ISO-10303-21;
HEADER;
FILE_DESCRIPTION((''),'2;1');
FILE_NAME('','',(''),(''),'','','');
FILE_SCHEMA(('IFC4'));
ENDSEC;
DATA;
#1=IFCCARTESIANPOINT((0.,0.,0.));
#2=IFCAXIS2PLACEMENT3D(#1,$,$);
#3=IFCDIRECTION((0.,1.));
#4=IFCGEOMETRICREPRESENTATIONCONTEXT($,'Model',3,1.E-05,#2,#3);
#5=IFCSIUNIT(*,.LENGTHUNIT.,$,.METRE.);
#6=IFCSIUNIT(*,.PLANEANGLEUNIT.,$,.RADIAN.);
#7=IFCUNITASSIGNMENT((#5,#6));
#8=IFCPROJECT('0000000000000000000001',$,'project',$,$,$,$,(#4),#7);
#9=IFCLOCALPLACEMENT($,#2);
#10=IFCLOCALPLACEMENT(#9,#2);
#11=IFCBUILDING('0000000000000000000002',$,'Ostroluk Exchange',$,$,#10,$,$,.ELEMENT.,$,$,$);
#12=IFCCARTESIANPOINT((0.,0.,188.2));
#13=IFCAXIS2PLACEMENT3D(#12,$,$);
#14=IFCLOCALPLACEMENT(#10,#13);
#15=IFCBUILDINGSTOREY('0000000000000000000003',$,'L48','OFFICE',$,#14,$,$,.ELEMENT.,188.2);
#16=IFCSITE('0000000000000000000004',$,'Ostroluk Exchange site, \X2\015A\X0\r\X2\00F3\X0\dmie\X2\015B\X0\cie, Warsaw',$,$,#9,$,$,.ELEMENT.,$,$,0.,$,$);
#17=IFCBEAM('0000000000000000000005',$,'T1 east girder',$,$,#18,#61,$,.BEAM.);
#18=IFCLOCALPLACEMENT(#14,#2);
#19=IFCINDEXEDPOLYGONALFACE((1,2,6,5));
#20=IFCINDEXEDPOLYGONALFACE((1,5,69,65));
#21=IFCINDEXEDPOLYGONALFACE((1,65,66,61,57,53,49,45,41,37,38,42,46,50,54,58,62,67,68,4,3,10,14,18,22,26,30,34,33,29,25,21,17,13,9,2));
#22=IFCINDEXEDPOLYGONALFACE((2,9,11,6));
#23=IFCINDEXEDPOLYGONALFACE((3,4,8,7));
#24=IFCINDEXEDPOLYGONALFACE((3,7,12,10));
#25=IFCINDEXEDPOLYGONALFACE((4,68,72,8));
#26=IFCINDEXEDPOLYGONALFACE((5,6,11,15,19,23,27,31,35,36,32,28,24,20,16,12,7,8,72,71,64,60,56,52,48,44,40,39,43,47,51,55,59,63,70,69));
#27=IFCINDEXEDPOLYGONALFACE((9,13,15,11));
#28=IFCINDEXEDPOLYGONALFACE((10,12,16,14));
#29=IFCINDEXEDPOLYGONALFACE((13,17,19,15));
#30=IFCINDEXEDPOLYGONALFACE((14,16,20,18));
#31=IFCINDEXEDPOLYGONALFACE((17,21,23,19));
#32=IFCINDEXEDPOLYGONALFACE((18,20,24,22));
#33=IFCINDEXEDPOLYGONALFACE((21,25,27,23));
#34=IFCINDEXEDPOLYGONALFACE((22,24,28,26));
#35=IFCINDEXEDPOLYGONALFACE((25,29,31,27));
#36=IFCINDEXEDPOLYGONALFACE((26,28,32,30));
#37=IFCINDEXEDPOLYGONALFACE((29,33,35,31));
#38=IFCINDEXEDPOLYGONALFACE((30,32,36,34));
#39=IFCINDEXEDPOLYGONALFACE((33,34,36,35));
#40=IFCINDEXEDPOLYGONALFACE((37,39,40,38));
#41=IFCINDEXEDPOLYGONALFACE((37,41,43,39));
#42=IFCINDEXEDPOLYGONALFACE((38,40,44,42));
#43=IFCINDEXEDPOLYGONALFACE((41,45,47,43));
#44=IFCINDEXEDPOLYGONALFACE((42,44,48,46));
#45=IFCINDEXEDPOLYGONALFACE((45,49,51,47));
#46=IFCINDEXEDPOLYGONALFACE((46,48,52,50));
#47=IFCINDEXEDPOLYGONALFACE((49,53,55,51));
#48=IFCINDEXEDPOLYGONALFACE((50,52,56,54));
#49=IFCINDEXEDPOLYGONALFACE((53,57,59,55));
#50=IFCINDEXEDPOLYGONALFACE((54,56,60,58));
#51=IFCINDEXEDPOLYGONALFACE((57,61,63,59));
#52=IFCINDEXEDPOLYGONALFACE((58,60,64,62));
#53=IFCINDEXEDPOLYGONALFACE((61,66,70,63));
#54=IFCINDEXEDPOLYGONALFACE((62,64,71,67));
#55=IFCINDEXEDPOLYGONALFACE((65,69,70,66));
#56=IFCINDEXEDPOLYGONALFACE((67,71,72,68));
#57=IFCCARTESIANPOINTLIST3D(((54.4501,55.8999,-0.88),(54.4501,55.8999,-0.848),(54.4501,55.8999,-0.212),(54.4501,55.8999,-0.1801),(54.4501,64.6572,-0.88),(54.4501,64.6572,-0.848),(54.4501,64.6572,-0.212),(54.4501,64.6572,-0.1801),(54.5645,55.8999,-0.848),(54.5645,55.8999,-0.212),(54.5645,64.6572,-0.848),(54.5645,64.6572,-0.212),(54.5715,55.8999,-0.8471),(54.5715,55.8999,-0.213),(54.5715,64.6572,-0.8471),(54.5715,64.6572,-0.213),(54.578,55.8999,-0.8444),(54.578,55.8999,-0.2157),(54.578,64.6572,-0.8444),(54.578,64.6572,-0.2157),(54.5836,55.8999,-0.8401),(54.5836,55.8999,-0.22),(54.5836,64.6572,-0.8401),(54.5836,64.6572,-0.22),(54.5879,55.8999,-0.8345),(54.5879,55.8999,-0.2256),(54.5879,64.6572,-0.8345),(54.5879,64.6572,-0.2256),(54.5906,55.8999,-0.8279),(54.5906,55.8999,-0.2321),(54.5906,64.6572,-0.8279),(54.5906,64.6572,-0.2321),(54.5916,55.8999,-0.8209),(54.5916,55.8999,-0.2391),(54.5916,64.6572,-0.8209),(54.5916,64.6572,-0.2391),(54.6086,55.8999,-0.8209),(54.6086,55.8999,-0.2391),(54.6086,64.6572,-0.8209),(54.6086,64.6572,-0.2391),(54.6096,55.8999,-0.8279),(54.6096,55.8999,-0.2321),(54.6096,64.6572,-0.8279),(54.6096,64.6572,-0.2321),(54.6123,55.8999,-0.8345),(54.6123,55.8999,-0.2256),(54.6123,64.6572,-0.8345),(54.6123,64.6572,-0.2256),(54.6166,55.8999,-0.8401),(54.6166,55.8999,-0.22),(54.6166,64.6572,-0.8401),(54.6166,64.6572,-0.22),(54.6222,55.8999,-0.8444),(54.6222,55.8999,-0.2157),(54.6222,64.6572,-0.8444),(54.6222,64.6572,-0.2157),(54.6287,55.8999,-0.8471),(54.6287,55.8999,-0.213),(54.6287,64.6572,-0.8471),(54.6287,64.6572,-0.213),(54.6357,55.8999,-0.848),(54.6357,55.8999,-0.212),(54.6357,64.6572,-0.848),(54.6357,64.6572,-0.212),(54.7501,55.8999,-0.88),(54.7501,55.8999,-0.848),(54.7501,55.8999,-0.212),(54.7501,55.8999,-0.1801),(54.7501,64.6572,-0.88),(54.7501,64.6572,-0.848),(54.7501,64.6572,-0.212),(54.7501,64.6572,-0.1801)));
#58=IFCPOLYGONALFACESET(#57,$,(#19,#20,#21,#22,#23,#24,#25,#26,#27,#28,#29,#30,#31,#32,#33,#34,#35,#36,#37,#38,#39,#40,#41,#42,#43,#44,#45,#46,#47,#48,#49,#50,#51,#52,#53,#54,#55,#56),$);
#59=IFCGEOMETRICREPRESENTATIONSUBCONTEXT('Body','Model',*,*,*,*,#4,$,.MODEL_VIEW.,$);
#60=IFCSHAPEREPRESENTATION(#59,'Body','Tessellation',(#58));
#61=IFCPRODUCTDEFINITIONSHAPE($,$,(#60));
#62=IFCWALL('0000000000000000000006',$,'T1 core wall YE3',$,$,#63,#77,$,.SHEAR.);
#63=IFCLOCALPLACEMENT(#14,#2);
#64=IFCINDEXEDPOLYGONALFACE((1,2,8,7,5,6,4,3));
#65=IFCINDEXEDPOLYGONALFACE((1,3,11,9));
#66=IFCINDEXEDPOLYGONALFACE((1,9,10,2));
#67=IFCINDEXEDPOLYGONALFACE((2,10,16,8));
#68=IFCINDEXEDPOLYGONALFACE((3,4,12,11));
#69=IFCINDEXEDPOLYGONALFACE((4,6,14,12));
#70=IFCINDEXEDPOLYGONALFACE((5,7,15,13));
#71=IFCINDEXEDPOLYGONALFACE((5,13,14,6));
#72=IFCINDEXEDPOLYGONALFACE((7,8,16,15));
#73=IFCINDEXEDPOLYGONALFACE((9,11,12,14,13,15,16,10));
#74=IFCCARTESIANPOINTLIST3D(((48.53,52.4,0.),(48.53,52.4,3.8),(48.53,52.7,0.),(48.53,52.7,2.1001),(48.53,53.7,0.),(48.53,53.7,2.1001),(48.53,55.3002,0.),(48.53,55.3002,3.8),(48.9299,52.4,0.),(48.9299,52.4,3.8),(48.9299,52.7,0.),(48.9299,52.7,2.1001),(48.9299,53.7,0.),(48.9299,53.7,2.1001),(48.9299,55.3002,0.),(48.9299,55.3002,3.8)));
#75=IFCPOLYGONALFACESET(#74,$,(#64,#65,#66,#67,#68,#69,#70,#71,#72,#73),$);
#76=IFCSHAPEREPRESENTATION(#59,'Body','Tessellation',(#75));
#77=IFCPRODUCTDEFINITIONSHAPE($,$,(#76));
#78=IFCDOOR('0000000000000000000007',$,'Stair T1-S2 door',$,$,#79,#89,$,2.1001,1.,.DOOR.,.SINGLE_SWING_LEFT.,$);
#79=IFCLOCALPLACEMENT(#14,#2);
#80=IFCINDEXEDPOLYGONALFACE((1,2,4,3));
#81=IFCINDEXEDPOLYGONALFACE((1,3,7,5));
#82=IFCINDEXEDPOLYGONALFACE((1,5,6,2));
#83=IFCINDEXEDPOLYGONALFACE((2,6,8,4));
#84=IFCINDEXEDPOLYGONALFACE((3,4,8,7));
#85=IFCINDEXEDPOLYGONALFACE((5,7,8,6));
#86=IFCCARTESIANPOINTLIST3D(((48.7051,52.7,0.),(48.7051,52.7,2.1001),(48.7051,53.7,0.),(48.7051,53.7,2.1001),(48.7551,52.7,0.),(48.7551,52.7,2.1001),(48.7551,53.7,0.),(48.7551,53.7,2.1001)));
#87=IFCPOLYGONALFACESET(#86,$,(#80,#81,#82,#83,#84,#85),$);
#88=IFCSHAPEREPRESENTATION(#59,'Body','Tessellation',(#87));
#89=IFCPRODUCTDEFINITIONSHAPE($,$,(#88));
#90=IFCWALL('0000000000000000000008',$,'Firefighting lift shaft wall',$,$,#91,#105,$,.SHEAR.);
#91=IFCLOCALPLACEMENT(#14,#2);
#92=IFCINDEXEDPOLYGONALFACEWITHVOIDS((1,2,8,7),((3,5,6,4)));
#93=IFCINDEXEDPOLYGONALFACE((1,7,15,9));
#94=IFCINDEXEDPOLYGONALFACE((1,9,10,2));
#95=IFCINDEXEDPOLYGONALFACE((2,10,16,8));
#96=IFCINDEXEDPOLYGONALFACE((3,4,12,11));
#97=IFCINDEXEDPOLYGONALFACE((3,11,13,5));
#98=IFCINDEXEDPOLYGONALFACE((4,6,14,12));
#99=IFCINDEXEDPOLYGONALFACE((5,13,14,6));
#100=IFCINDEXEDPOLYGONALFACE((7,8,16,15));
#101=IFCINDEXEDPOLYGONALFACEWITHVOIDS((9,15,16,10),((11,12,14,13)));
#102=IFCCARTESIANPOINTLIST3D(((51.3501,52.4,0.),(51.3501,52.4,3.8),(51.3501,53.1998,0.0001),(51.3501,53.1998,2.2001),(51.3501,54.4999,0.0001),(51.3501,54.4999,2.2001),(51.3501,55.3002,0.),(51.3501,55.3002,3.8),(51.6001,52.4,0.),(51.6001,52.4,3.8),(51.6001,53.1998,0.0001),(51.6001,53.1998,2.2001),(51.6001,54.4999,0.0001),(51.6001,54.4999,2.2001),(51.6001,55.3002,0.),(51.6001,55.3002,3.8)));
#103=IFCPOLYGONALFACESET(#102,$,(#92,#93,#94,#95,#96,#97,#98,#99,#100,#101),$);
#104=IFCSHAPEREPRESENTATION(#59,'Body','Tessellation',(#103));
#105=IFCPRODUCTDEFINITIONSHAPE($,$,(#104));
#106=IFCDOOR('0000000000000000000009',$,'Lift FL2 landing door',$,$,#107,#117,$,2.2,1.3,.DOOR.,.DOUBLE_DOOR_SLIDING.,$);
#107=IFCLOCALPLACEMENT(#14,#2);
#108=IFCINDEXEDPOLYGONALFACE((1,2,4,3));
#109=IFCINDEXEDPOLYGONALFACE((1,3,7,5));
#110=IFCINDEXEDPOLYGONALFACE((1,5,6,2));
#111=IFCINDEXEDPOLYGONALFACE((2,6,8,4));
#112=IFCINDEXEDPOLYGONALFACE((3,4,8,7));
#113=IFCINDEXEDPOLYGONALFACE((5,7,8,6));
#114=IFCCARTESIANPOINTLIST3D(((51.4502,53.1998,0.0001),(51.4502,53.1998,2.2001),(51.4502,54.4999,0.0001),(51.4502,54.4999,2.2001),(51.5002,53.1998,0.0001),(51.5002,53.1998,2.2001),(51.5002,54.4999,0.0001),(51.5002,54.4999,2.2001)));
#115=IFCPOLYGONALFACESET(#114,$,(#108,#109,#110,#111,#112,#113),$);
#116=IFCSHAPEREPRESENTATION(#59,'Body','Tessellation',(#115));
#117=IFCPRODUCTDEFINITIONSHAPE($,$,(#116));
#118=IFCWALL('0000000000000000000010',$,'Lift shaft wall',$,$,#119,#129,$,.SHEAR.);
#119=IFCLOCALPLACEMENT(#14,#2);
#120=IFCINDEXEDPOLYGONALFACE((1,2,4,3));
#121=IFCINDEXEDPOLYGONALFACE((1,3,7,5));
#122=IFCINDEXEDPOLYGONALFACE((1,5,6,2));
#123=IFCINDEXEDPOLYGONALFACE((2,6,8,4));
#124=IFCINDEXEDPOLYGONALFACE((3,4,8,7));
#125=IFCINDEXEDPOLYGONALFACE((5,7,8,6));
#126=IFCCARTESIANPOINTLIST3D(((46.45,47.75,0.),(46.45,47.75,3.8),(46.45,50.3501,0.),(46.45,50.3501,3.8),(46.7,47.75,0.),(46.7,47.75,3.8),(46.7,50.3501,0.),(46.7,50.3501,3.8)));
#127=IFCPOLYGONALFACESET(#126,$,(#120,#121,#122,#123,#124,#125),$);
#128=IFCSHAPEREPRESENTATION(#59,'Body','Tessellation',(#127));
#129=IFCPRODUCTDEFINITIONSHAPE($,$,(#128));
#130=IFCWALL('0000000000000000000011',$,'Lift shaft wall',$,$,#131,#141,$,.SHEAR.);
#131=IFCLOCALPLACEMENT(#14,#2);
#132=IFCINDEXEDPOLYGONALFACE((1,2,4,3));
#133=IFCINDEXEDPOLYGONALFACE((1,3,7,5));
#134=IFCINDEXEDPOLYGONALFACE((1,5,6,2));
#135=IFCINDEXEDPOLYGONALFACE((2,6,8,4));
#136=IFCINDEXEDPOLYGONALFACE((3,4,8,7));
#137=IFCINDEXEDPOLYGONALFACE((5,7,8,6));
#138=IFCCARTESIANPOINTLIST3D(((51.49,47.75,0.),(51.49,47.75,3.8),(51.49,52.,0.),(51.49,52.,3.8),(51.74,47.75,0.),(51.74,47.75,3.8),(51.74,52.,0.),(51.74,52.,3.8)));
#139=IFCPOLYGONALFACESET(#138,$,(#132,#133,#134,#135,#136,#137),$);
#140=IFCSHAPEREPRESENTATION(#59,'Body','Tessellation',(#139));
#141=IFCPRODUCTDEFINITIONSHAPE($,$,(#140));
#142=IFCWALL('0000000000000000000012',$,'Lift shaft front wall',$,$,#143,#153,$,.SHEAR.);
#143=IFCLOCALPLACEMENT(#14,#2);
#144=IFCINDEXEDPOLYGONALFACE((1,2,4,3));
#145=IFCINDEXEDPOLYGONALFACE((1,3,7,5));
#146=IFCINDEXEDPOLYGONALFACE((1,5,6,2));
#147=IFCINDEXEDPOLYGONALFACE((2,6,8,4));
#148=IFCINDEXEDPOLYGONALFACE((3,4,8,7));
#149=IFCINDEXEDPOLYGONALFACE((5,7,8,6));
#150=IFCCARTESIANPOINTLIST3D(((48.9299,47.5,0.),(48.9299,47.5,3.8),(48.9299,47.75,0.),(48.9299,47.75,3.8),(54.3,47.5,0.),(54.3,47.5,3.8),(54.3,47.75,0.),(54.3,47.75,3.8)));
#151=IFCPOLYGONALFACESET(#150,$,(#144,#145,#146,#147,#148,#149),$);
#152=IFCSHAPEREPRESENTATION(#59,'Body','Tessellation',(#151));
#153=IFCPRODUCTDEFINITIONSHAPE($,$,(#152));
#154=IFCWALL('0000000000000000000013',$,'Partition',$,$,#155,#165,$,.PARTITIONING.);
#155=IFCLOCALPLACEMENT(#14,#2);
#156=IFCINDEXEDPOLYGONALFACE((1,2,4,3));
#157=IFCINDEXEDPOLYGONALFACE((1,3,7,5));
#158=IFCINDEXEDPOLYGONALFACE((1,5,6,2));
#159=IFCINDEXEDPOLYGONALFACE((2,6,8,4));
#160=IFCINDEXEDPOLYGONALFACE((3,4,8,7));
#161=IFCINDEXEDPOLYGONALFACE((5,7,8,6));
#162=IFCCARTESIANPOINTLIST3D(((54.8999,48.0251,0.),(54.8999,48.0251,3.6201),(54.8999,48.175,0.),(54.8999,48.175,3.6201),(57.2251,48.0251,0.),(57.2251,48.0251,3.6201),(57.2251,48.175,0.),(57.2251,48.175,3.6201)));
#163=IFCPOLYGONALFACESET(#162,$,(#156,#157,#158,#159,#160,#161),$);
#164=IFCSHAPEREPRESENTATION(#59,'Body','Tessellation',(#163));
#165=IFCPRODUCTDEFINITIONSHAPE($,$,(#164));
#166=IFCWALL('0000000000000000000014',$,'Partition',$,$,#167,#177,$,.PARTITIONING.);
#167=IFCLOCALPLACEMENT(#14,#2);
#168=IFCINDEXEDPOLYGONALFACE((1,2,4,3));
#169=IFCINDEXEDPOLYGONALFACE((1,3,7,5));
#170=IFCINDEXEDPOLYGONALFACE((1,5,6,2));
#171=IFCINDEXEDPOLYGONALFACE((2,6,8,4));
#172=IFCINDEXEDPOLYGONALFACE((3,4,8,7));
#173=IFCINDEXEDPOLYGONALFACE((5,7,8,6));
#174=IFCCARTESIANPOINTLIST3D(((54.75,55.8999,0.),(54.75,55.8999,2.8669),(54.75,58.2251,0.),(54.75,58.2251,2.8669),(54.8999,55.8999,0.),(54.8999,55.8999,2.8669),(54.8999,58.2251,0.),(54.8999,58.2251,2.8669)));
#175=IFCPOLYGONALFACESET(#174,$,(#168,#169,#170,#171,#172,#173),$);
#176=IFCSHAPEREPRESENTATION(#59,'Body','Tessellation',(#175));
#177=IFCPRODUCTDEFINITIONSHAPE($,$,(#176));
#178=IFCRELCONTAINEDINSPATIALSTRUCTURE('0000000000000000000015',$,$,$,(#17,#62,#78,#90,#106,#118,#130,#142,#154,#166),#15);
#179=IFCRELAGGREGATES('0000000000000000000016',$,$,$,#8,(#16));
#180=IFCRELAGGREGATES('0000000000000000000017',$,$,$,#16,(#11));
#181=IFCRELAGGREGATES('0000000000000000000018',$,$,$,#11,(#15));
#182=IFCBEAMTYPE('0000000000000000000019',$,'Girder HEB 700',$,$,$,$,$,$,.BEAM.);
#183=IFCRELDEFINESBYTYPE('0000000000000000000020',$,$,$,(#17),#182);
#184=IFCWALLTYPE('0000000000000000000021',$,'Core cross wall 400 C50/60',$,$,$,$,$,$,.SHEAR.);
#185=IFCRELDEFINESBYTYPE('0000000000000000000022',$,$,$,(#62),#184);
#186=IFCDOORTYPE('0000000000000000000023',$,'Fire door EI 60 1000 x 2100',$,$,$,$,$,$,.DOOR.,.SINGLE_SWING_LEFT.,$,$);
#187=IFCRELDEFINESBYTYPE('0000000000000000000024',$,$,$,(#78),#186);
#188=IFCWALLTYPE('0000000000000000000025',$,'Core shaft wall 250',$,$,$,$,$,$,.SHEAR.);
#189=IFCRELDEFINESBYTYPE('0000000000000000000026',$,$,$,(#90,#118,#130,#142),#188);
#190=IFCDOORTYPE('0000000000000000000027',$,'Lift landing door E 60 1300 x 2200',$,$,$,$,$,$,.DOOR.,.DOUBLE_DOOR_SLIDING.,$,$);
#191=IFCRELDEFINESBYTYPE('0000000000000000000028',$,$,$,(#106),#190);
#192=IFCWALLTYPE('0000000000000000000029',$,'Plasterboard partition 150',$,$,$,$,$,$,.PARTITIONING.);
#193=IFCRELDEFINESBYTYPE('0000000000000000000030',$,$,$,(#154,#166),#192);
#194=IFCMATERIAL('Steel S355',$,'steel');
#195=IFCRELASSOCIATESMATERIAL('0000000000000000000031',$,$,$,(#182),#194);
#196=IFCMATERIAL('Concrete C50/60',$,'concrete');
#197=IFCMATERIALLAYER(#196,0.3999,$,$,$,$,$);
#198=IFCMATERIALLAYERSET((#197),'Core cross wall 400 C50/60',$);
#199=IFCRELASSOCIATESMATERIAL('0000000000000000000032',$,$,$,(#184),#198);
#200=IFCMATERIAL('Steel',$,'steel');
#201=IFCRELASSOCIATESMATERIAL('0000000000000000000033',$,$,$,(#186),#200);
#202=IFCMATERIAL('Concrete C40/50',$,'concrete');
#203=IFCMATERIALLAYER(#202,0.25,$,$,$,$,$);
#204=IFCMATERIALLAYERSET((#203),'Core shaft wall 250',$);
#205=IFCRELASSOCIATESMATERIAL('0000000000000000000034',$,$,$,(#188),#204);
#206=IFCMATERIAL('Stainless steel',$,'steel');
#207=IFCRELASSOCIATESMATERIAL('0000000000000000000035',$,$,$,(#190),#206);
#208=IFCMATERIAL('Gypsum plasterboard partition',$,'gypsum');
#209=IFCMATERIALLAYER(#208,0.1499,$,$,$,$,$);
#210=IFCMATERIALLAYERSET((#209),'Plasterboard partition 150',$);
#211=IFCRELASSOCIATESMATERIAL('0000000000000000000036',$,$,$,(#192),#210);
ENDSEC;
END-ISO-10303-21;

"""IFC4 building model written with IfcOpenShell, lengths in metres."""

from ifc_helpers import new_model, si_unit, direction, frame, frame_2d, origin, origin_2d, place, context, subcontext, project, spatial, rectangle, i_section, extrude, material, layer, layer_set, material_profile, profile_set, type_object, element, fill, save


model = new_model("IFC4")

# Units and contexts
model_context = context("Model", 3, precision=1e-05, world=origin(), true_north=direction((0.0, 1.0)))
body_context = subcontext(model_context, "Body", "Model", "MODEL_VIEW")
ifc_project = project(units=[si_unit("LENGTHUNIT", "METRE"), si_unit("PLANEANGLEUNIT", "RADIAN")], contexts=[model_context])

# Site, building, storey
site_placement = place(None, origin())
site = spatial("IfcSite", under=ifc_project, at=site_placement, Name="Ostroluk Exchange site, Śródmieście, Warsaw", CompositionType="ELEMENT", RefElevation=0.0)
building_placement = place(site_placement, origin())
building = spatial("IfcBuilding", under=site, at=building_placement, Name="Ostroluk Exchange", CompositionType="ELEMENT")
storey_placement = place(building_placement, frame((0.0, 0.0, 188.2)))
storey = spatial("IfcBuildingStorey", under=building, at=storey_placement, Name="L48", Description="OFFICE", CompositionType="ELEMENT", Elevation=188.2)

# Beam
ifc_material_1 = material(Name="Steel S355", Category="steel")
ifc_material_profile_1 = material_profile(ifc_material_1, i_section(OverallWidth=0.3, OverallDepth=0.7, WebThickness=0.0171, FlangeThickness=0.032, FilletRadius=0.0271, at=origin_2d()), Name="HEB 700")
ifc_profile_set_1 = profile_set([ifc_material_profile_1], Name="Steel S355")
beam_type_1 = type_object("IfcBeamType", Name="Girder HEB 700", PredefinedType="BEAM", material=ifc_profile_set_1)
beam_1_placement = place(storey_placement, frame((54.6001, 55.8999, -0.53), z_axis=(0.0, 1.0, 0.0), x_axis=(-1.0, 0.0, 0.0)))
element("IfcBeam", 1, at=beam_1_placement, inside=storey, type_object=beam_type_1, Name="T1 east girder", PredefinedType="BEAM", context=body_context, shape_type="SweptSolid", body=[
    extrude(i_section(OverallWidth=0.3, OverallDepth=0.7, WebThickness=0.0171, FlangeThickness=0.032, FilletRadius=0.0271, at=origin_2d()), origin(), (0.0, 0.0, 1.0), 8.7573),
])

# Walls, openings, doors
ifc_material_2 = material(Name="Concrete C50/60", Category="concrete")
ifc_layer_1 = layer(ifc_material_2, 0.3999)
ifc_layer_set_1 = layer_set([ifc_layer_1], Name="Core cross wall 400 C50/60")
wall_type_1 = type_object("IfcWallType", Name="Core cross wall 400 C50/60", PredefinedType="SHEAR", material=ifc_layer_set_1)
wall_1_placement = place(storey_placement, frame((48.73, 52.3999, 0.0), z_axis=(0.0, 0.0, 1.0), x_axis=(0.0, 1.0, 0.0)))
wall_1 = element("IfcWall", 2, at=wall_1_placement, inside=storey, type_object=wall_type_1, Name="T1 core wall YE3", PredefinedType="SHEAR", context=body_context, shape_type="SweptSolid", body=[
    extrude(rectangle(XDim=2.9001, YDim=0.3999, at=frame_2d((1.4502, 0.0))), origin(), (0.0, 0.0, 1.0), 3.8),
])
opening_1_placement = place(wall_1_placement, frame((0.3, 0.0, 0.0)))
opening_1 = element("IfcOpeningElement", 3, at=opening_1_placement, cuts=wall_1, PredefinedType="OPENING", context=body_context, shape_type="SweptSolid", body=[
    extrude(rectangle(XDim=1.0, YDim=2.1001, at=frame_2d((0.5, 1.05))), frame((0.0, 0.21, 0.0), z_axis=(0.0, -1.0, 0.0), x_axis=(1.0, 0.0, 0.0)), (0.0, 0.0, 1.0), 0.4199),
])
ifc_material_3 = material(Name="Steel", Category="steel")
door_type_1 = type_object("IfcDoorType", Name="Fire door EI 60 1000 x 2100", OperationType="SINGLE_SWING_LEFT", PredefinedType="DOOR", material=ifc_material_3)
door_1_placement = place(opening_1_placement, origin())
door_1 = element("IfcDoor", 4, at=door_1_placement, inside=storey, type_object=door_type_1, Name="Stair T1-S2 door", OperationType="SINGLE_SWING_LEFT", OverallHeight=2.1001, OverallWidth=1.0, PredefinedType="DOOR", context=body_context, shape_type="SweptSolid", body=[
    extrude(rectangle(XDim=1.0, YDim=2.1001, at=frame_2d((0.5, 1.05))), frame((0.0, 0.0249, 0.0), z_axis=(0.0, -1.0, 0.0), x_axis=(1.0, 0.0, 0.0)), (0.0, 0.0, 1.0), 0.05),
])
fill(opening_1, door_1)
ifc_material_4 = material(Name="Concrete C40/50", Category="concrete")
ifc_layer_2 = layer(ifc_material_4, 0.25)
ifc_layer_set_2 = layer_set([ifc_layer_2], Name="Core shaft wall 250")
wall_type_2 = type_object("IfcWallType", Name="Core shaft wall 250", PredefinedType="SHEAR", material=ifc_layer_set_2)
wall_2_placement = place(storey_placement, frame((51.4751, 52.3999, 0.0), z_axis=(0.0, 0.0, 1.0), x_axis=(0.0, 1.0, 0.0)))
wall_2 = element("IfcWall", 5, at=wall_2_placement, inside=storey, type_object=wall_type_2, Name="Firefighting lift shaft wall", PredefinedType="SHEAR", context=body_context, shape_type="SweptSolid", body=[
    extrude(rectangle(XDim=2.9001, YDim=0.25, at=frame_2d((1.4502, 0.0))), origin(), (0.0, 0.0, 1.0), 3.8),
])
opening_2_placement = place(wall_2_placement, frame((0.8, 0.0, 0.0)))
opening_2 = element("IfcOpeningElement", 6, at=opening_2_placement, cuts=wall_2, PredefinedType="OPENING", context=body_context, shape_type="SweptSolid", body=[
    extrude(rectangle(XDim=1.3, YDim=2.2, at=frame_2d((0.6499, 1.1001))), frame((0.0, 0.135, 0.0), z_axis=(0.0, -1.0, 0.0), x_axis=(1.0, 0.0, 0.0)), (0.0, 0.0, 1.0), 0.27),
])
ifc_material_5 = material(Name="Stainless steel", Category="steel")
door_type_2 = type_object("IfcDoorType", Name="Lift landing door E 60 1300 x 2200", OperationType="DOUBLE_DOOR_SLIDING", PredefinedType="DOOR", material=ifc_material_5)
door_2_placement = place(opening_2_placement, origin())
door_2 = element("IfcDoor", 7, at=door_2_placement, inside=storey, type_object=door_type_2, Name="Lift FL2 landing door", OperationType="DOUBLE_DOOR_SLIDING", OverallHeight=2.2, OverallWidth=1.3, PredefinedType="DOOR", context=body_context, shape_type="SweptSolid", body=[
    extrude(rectangle(XDim=1.3, YDim=2.2, at=frame_2d((0.6499, 1.1001))), frame((0.0, 0.0249, 0.0), z_axis=(0.0, -1.0, 0.0), x_axis=(1.0, 0.0, 0.0)), (0.0, 0.0, 1.0), 0.05),
])
fill(opening_2, door_2)

# Walls
wall_3_placement = place(storey_placement, frame((46.575, 47.75, 0.0), z_axis=(0.0, 0.0, 1.0), x_axis=(0.0, 1.0, 0.0)))
element("IfcWall", 8, at=wall_3_placement, inside=storey, type_object=wall_type_2, Name="Lift shaft wall", PredefinedType="SHEAR", context=body_context, shape_type="SweptSolid", body=[
    extrude(rectangle(XDim=2.6001, YDim=0.25, at=frame_2d((1.3, 0.0))), origin(), (0.0, 0.0, 1.0), 3.8),
])
wall_4_placement = place(storey_placement, frame((51.615, 47.75, 0.0), z_axis=(0.0, 0.0, 1.0), x_axis=(0.0, 1.0, 0.0)))
element("IfcWall", 9, at=wall_4_placement, inside=storey, type_object=wall_type_2, Name="Lift shaft wall", PredefinedType="SHEAR", context=body_context, shape_type="SweptSolid", body=[
    extrude(rectangle(XDim=4.25, YDim=0.25, at=frame_2d((2.125, 0.0))), origin(), (0.0, 0.0, 1.0), 3.8),
])
wall_5_placement = place(storey_placement, frame((48.9299, 47.625, 0.0), z_axis=(0.0, 0.0, 1.0), x_axis=(1.0, 0.0, 0.0)))
element("IfcWall", 10, at=wall_5_placement, inside=storey, type_object=wall_type_2, Name="Lift shaft front wall", PredefinedType="SHEAR", context=body_context, shape_type="SweptSolid", body=[
    extrude(rectangle(XDim=5.3701, YDim=0.25, at=frame_2d((2.6851, 0.0))), origin(), (0.0, 0.0, 1.0), 3.8),
])
ifc_material_6 = material(Name="Gypsum plasterboard partition", Category="gypsum")
ifc_layer_3 = layer(ifc_material_6, 0.1499)
ifc_layer_set_3 = layer_set([ifc_layer_3], Name="Plasterboard partition 150")
wall_type_3 = type_object("IfcWallType", Name="Plasterboard partition 150", PredefinedType="PARTITIONING", material=ifc_layer_set_3)
wall_6_placement = place(storey_placement, frame((54.8999, 48.1001, 0.0), z_axis=(0.0, 0.0, 1.0), x_axis=(1.0, 0.0, 0.0)))
element("IfcWall", 11, at=wall_6_placement, inside=storey, type_object=wall_type_3, Name="Partition", PredefinedType="PARTITIONING", context=body_context, shape_type="SweptSolid", body=[
    extrude(rectangle(XDim=2.3252, YDim=0.1499, at=frame_2d((1.1626, 0.0))), origin(), (0.0, 0.0, 1.0), 3.6201),
])
wall_7_placement = place(storey_placement, frame((54.825, 55.8999, 0.0), z_axis=(0.0, 0.0, 1.0), x_axis=(0.0, 1.0, 0.0)))
element("IfcWall", 12, at=wall_7_placement, inside=storey, type_object=wall_type_3, Name="Partition", PredefinedType="PARTITIONING", context=body_context, shape_type="SweptSolid", body=[
    extrude(rectangle(XDim=2.3252, YDim=0.1499, at=frame_2d((1.1626, 0.0))), origin(), (0.0, 0.0, 1.0), 2.8669),
])

save(model, "model.ifc")
